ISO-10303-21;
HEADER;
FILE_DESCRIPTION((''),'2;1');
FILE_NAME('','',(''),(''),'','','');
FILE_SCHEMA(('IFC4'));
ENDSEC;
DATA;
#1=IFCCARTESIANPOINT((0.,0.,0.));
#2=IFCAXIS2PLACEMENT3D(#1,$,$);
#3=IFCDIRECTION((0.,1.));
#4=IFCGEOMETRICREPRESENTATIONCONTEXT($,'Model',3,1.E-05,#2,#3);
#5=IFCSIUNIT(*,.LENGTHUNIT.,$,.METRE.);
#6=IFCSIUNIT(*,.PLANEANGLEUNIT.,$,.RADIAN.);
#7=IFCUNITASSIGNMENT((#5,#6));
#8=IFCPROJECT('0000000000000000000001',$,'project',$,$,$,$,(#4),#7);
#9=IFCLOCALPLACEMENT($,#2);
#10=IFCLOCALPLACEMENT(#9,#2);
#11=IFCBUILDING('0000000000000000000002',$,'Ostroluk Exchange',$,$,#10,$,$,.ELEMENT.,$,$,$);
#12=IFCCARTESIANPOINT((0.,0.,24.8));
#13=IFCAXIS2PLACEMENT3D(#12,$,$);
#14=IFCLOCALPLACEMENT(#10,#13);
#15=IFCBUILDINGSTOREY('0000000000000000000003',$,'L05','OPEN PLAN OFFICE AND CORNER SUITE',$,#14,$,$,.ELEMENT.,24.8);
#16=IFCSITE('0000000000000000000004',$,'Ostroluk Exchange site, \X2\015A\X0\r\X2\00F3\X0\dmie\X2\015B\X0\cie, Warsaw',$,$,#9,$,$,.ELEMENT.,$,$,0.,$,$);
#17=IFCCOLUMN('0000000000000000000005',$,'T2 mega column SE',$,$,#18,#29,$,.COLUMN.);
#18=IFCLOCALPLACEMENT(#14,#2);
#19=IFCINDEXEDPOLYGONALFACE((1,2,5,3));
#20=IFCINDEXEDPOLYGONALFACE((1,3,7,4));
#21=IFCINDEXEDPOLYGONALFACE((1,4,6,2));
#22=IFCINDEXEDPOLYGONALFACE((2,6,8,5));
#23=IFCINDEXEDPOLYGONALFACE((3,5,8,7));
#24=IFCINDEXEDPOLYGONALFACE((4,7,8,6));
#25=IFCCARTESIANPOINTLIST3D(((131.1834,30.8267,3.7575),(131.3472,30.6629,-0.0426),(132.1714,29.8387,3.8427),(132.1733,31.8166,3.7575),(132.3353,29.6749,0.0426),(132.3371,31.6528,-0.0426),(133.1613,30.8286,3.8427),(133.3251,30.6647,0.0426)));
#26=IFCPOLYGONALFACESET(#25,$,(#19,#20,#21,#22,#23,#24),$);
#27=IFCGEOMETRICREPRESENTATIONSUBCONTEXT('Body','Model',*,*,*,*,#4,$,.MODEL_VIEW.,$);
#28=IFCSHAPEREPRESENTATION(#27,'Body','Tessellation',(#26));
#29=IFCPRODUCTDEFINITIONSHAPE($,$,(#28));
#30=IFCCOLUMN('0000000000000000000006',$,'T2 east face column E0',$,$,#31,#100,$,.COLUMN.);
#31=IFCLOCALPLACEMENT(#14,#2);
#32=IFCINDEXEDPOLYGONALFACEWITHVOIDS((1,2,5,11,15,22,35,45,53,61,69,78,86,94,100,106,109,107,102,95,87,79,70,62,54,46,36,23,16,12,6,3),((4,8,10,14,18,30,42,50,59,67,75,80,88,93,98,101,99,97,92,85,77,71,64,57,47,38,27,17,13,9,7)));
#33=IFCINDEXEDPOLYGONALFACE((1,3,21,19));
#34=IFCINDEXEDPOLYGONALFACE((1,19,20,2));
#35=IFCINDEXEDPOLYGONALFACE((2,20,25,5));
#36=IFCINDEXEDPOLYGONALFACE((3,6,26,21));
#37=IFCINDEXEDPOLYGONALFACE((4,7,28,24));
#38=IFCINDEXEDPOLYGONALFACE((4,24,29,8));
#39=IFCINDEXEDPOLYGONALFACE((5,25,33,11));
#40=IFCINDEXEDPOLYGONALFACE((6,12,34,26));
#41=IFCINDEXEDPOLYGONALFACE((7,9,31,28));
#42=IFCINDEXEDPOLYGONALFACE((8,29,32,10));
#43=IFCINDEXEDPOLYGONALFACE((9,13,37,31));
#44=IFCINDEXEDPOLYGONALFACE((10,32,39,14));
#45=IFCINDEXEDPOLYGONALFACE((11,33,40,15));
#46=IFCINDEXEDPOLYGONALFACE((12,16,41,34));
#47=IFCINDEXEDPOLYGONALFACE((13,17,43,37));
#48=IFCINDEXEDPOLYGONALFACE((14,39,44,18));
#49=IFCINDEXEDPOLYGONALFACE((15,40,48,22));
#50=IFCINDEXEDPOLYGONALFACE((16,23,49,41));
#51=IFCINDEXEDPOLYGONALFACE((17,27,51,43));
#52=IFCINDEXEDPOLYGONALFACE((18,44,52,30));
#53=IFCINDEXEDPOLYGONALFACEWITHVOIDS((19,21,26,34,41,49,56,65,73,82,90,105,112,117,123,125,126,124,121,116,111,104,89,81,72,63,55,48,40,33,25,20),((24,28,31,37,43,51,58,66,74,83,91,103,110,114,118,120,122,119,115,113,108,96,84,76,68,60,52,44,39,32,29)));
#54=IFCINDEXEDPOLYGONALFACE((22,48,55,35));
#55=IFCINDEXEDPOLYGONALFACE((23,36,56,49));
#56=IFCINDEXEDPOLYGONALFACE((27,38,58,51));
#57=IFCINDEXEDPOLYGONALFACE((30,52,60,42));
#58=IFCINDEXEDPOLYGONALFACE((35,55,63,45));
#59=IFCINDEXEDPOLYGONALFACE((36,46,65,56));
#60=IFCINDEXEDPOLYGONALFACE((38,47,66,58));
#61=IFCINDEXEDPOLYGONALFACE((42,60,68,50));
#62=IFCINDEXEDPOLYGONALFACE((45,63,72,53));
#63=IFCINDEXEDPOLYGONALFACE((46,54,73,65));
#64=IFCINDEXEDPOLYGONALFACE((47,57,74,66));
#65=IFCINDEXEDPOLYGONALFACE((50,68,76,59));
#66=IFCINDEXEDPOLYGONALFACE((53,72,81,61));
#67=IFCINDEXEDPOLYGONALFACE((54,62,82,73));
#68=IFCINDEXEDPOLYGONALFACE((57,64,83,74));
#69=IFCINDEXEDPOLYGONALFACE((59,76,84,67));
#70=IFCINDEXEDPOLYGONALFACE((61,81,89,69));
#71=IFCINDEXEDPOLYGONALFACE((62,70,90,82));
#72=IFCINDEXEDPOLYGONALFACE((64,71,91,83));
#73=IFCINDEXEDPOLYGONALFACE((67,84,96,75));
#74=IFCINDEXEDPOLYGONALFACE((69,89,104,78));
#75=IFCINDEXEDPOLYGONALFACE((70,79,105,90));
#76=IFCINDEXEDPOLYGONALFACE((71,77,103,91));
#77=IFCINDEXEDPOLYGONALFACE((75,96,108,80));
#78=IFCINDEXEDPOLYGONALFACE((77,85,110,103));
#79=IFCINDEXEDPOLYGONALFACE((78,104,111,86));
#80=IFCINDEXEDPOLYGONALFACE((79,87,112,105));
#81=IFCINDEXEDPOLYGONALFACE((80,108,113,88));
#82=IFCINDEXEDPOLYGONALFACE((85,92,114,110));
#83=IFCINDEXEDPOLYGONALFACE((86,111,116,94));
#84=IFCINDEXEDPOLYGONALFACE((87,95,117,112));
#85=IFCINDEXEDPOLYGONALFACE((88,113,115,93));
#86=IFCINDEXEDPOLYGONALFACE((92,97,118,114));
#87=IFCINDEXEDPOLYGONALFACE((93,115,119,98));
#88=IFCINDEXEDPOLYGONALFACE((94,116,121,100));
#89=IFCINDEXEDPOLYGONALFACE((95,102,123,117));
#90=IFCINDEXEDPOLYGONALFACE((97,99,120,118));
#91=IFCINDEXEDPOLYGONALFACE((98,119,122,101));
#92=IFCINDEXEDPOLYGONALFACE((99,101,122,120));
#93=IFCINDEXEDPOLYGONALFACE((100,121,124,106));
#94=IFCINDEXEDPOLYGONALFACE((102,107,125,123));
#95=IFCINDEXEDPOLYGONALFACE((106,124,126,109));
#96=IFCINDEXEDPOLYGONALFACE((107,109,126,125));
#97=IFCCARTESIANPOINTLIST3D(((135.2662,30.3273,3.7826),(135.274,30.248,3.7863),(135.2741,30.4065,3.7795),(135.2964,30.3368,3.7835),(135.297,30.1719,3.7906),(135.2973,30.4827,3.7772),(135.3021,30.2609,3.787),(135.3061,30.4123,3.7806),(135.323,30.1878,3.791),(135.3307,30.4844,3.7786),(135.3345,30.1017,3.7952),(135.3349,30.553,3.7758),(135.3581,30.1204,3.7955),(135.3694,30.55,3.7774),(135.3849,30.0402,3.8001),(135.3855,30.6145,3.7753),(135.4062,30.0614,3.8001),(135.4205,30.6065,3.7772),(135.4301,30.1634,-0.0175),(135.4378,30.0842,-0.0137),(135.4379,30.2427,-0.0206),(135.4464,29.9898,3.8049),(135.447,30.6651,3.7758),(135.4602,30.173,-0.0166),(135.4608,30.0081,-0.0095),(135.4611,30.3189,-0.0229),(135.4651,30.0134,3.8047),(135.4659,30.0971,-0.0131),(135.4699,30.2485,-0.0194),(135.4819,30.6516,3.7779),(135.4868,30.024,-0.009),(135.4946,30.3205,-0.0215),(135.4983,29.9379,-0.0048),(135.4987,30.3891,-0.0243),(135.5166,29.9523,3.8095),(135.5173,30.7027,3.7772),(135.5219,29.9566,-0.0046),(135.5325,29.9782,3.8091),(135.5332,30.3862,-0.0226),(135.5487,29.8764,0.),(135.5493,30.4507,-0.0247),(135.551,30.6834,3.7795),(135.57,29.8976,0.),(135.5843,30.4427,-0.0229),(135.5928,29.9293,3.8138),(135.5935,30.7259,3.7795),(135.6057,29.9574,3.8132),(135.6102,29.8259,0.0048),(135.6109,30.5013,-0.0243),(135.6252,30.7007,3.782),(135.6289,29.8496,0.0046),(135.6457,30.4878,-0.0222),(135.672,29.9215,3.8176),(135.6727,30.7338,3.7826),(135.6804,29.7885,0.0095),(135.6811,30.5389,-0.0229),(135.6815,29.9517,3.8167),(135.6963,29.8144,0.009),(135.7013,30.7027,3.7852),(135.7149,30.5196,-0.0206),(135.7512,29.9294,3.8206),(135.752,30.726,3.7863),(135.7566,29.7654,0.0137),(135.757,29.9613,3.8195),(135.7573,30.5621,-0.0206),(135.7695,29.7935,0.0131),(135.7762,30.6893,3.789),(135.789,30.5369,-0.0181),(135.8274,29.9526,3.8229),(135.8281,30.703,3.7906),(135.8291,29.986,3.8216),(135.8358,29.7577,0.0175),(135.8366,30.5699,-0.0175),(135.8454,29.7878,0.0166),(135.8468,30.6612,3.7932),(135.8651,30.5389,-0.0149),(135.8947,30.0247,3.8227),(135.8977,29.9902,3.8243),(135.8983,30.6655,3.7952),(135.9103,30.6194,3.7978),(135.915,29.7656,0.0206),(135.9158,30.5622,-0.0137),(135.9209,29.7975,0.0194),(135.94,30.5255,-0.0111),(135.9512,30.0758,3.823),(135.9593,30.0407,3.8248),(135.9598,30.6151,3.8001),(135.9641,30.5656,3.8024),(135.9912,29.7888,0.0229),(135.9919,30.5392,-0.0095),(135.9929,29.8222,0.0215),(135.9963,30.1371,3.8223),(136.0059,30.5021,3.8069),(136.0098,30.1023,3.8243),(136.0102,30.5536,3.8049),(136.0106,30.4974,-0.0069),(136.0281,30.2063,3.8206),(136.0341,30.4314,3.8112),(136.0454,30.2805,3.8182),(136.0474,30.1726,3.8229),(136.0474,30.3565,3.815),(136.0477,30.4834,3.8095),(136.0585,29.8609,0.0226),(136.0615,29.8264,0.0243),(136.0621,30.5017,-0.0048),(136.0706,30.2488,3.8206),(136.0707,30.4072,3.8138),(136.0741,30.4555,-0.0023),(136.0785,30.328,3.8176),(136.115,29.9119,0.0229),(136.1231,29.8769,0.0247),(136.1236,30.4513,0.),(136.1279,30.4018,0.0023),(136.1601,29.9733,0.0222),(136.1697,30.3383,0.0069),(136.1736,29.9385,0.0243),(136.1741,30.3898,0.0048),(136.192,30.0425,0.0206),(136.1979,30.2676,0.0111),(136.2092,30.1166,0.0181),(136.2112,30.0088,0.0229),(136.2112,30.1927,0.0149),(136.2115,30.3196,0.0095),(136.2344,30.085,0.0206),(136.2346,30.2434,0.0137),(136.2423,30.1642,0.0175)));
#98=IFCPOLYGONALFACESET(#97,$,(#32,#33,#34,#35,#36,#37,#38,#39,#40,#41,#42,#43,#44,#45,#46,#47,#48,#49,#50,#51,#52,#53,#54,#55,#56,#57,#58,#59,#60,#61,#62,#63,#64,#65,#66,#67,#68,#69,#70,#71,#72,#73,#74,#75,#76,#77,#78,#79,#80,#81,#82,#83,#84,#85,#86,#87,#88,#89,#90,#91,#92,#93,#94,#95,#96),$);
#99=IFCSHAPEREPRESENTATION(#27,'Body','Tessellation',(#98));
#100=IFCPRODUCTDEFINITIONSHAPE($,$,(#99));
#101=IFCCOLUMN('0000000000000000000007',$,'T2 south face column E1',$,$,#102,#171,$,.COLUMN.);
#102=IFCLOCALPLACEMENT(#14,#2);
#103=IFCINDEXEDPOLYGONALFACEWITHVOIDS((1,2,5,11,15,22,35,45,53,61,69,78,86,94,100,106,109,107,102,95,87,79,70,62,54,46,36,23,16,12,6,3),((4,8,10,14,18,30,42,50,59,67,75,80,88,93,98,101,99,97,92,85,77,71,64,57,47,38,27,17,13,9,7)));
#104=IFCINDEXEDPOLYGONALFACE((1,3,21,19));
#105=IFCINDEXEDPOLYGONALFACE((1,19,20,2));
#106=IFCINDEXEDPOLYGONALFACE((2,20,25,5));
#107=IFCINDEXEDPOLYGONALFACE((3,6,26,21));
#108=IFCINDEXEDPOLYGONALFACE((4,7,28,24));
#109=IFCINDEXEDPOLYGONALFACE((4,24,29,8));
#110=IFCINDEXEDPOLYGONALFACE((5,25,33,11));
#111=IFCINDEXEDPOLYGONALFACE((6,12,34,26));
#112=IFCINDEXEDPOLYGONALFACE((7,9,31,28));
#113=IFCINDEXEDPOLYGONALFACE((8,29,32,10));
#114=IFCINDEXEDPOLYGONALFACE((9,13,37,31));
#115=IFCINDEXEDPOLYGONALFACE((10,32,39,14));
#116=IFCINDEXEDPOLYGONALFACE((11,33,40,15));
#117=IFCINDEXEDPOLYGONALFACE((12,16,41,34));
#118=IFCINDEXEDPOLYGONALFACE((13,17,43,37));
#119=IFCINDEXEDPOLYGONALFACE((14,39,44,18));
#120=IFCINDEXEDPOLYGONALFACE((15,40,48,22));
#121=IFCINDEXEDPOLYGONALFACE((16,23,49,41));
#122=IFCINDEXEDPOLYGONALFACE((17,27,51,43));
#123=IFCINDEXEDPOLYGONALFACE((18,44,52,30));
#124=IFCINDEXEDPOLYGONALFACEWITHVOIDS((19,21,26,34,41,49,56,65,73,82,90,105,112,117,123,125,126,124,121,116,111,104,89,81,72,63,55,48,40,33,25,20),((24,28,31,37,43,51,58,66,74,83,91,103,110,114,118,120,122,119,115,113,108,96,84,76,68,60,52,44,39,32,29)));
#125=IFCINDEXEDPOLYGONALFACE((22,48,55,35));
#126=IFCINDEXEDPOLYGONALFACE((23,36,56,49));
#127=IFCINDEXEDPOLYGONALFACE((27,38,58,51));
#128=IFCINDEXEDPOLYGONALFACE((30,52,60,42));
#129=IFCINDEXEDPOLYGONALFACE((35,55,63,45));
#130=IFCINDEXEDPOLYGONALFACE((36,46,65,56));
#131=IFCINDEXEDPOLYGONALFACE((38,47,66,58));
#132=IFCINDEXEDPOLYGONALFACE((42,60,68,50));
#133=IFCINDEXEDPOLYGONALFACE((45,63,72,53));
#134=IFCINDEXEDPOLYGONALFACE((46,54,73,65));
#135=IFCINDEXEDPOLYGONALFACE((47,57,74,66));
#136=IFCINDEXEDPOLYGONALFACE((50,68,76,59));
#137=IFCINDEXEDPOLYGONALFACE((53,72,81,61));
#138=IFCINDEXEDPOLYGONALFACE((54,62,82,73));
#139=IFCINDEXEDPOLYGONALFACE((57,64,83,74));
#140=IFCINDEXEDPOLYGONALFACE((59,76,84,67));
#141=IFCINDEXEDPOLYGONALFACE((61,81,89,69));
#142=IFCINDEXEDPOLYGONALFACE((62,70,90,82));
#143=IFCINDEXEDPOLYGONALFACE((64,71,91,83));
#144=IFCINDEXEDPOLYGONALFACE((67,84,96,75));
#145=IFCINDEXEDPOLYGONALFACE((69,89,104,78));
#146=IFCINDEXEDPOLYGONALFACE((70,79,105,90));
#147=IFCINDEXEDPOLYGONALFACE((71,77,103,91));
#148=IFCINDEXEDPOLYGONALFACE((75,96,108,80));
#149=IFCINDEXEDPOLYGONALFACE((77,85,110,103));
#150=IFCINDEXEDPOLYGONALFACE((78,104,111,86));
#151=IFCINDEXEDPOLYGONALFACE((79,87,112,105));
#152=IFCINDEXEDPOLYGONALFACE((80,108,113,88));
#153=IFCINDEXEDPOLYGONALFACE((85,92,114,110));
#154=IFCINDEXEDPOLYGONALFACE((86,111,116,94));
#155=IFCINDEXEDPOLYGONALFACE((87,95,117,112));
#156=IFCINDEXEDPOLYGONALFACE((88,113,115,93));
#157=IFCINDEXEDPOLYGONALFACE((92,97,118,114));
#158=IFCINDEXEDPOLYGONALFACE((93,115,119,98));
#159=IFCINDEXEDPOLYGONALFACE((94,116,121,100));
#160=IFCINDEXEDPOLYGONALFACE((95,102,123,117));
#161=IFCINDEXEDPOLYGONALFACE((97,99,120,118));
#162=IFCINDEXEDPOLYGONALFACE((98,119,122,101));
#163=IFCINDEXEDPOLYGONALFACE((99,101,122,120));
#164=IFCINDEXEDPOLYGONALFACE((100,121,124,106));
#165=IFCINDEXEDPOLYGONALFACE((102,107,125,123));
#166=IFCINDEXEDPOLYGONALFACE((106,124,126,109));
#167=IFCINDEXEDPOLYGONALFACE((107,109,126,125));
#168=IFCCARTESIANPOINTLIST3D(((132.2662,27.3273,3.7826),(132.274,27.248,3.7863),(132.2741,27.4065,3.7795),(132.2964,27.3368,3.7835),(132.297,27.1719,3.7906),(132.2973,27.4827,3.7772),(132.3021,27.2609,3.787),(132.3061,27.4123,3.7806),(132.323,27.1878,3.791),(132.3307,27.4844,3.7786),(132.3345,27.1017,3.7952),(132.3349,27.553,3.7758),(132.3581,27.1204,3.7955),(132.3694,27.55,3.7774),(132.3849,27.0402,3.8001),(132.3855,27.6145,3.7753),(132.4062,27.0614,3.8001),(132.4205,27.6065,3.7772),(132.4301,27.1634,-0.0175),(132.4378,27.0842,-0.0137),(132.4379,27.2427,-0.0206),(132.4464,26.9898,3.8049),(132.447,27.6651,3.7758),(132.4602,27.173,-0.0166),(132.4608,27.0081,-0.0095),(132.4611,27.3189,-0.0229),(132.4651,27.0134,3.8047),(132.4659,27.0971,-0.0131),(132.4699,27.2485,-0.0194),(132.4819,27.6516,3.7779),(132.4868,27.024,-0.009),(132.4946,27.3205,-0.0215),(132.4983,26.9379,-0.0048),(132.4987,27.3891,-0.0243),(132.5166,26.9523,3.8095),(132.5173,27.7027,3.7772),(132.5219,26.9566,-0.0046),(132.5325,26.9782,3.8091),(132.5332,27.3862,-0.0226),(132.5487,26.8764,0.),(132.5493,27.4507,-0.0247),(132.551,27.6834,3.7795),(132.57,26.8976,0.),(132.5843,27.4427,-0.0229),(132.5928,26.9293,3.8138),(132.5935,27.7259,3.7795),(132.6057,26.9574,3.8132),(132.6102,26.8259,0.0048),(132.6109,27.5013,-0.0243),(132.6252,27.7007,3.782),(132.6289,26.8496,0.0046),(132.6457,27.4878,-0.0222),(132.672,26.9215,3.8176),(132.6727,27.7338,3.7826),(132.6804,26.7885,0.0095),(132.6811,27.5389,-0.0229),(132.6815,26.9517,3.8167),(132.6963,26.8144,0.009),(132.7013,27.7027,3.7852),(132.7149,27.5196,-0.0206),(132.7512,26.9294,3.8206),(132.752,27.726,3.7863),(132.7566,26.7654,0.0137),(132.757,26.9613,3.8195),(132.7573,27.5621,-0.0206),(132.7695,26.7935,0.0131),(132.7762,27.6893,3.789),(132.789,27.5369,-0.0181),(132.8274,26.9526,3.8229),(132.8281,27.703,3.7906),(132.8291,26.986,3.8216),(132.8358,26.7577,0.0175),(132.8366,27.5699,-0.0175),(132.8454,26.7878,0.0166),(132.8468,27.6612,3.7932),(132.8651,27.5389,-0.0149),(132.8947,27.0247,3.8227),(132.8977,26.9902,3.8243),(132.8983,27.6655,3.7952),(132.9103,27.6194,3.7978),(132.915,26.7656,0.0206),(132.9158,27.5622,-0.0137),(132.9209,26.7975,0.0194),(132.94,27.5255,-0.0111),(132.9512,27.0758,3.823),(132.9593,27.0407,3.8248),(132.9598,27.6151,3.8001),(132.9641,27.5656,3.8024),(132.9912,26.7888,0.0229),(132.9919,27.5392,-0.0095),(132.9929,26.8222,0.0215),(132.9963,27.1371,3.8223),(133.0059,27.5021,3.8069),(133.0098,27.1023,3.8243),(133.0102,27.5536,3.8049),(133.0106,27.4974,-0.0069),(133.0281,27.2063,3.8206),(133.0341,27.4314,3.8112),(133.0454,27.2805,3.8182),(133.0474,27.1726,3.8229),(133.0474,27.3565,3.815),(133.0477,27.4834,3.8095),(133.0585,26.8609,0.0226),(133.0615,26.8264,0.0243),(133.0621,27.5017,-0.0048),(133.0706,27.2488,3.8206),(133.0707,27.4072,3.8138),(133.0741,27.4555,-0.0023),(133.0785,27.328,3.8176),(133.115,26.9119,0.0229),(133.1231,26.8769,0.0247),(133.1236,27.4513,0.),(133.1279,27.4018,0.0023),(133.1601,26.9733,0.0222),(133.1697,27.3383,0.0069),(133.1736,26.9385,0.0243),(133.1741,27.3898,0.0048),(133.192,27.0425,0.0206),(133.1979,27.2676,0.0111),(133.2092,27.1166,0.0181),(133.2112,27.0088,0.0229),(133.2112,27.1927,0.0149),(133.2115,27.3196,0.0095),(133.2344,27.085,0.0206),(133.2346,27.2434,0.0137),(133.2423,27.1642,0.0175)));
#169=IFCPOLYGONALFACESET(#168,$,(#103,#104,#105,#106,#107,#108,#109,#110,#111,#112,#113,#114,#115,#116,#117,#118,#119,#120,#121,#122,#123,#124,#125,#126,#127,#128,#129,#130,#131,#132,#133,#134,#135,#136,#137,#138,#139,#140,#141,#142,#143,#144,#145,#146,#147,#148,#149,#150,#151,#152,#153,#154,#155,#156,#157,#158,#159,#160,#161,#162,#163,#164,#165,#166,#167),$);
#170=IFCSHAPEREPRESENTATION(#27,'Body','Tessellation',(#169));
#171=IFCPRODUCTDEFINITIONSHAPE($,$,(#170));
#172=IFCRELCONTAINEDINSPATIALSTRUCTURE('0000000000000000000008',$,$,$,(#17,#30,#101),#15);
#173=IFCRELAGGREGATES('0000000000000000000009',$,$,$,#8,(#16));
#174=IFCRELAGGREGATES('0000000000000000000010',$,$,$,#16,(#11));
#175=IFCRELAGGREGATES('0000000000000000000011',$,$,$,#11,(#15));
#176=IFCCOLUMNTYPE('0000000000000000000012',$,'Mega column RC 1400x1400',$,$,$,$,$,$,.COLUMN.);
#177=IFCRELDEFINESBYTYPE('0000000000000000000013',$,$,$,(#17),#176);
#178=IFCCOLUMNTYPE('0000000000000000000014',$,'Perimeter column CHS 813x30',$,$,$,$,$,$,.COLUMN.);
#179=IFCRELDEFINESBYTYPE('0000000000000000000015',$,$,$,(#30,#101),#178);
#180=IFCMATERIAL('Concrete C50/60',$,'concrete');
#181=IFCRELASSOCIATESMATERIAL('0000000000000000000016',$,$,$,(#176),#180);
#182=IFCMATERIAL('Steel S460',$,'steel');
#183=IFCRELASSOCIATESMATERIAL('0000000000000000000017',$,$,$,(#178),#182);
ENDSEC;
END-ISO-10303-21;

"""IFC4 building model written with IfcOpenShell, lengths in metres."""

from ifc_helpers import new_model, si_unit, direction, frame, origin, origin_2d, place, context, subcontext, project, spatial, rectangle, hollow_circle, extrude, material, material_profile, profile_set, type_object, element, save


model = new_model("IFC4")

# Units and contexts
model_context = context("Model", 3, precision=1e-05, world=origin(), true_north=direction((0.0, 1.0)))
body_context = subcontext(model_context, "Body", "Model", "MODEL_VIEW")
ifc_project = project(units=[si_unit("LENGTHUNIT", "METRE"), si_unit("PLANEANGLEUNIT", "RADIAN")], contexts=[model_context])

# Site, building, storey
site_placement = place(None, origin())
site = spatial("IfcSite", under=ifc_project, at=site_placement, Name="Ostroluk Exchange site, Śródmieście, Warsaw", CompositionType="ELEMENT", RefElevation=0.0)
building_placement = place(site_placement, origin())
building = spatial("IfcBuilding", under=site, at=building_placement, Name="Ostroluk Exchange", CompositionType="ELEMENT")
storey_placement = place(building_placement, frame((0.0, 0.0, 24.8)))
storey = spatial("IfcBuildingStorey", under=building, at=storey_placement, Name="L05", Description="OPEN PLAN OFFICE AND CORNER SUITE", CompositionType="ELEMENT", Elevation=24.8)

# Columns
ifc_material_1 = material(Name="Concrete C50/60", Category="concrete")
ifc_material_profile_1 = material_profile(ifc_material_1, rectangle(XDim=1.3999, YDim=1.3999, at=origin_2d()), Name="RC 1400x1400")
ifc_profile_set_1 = profile_set([ifc_material_profile_1], Name="Concrete C50/60")
column_type_1 = type_object("IfcColumnType", Name="Mega column RC 1400x1400", PredefinedType="COLUMN", material=ifc_profile_set_1)
column_placement = place(storey_placement, frame((132.3362, 30.6638, 0.0), z_axis=(-0.04303, 0.04303, 0.998147), x_axis=(-0.707107, -0.707107, 0.0)))
element("IfcColumn", 1, at=column_placement, inside=storey, type_object=column_type_1, Name="T2 mega column SE", PredefinedType="COLUMN", context=body_context, shape_type="SweptSolid", body=[
    extrude(rectangle(XDim=1.3999, YDim=1.3999, at=origin_2d()), origin(), (0.0, 0.0, 1.0), 3.8071),
])
ifc_material_2 = material(Name="Steel S460", Category="steel")
ifc_material_profile_2 = material_profile(ifc_material_2, hollow_circle(Radius=0.4065, WallThickness=0.03, at=origin_2d()), Name="CHS 813x30")
ifc_profile_set_2 = profile_set([ifc_material_profile_2], Name="Steel S460")
column_type_2 = type_object("IfcColumnType", Name="Perimeter column CHS 813x30", PredefinedType="COLUMN", material=ifc_profile_set_2)
for number, where, z_axis, x_axis, name in (
    (2, (135.8362, 30.1638, 0.0), (-0.04303, 0.04303, 0.998147), (-0.707107, -0.707107, 0.0), "T2 east face column E0"),
    (3, (132.8362, 27.1638, 0.0), (-0.04303, 0.04303, 0.998147), (-0.707107, -0.707107, 0.0), "T2 south face column E1"),
):
    element("IfcColumn", number, at=place(storey_placement, frame(where, z_axis=z_axis, x_axis=x_axis)), inside=storey, type_object=column_type_2, Name=name, PredefinedType="COLUMN", context=body_context, shape_type="SweptSolid", body=[
        extrude(hollow_circle(Radius=0.4065, WallThickness=0.03, at=origin_2d()), origin(), (0.0, 0.0, 1.0), 3.8071),
    ])

save(model, "model.ifc")
